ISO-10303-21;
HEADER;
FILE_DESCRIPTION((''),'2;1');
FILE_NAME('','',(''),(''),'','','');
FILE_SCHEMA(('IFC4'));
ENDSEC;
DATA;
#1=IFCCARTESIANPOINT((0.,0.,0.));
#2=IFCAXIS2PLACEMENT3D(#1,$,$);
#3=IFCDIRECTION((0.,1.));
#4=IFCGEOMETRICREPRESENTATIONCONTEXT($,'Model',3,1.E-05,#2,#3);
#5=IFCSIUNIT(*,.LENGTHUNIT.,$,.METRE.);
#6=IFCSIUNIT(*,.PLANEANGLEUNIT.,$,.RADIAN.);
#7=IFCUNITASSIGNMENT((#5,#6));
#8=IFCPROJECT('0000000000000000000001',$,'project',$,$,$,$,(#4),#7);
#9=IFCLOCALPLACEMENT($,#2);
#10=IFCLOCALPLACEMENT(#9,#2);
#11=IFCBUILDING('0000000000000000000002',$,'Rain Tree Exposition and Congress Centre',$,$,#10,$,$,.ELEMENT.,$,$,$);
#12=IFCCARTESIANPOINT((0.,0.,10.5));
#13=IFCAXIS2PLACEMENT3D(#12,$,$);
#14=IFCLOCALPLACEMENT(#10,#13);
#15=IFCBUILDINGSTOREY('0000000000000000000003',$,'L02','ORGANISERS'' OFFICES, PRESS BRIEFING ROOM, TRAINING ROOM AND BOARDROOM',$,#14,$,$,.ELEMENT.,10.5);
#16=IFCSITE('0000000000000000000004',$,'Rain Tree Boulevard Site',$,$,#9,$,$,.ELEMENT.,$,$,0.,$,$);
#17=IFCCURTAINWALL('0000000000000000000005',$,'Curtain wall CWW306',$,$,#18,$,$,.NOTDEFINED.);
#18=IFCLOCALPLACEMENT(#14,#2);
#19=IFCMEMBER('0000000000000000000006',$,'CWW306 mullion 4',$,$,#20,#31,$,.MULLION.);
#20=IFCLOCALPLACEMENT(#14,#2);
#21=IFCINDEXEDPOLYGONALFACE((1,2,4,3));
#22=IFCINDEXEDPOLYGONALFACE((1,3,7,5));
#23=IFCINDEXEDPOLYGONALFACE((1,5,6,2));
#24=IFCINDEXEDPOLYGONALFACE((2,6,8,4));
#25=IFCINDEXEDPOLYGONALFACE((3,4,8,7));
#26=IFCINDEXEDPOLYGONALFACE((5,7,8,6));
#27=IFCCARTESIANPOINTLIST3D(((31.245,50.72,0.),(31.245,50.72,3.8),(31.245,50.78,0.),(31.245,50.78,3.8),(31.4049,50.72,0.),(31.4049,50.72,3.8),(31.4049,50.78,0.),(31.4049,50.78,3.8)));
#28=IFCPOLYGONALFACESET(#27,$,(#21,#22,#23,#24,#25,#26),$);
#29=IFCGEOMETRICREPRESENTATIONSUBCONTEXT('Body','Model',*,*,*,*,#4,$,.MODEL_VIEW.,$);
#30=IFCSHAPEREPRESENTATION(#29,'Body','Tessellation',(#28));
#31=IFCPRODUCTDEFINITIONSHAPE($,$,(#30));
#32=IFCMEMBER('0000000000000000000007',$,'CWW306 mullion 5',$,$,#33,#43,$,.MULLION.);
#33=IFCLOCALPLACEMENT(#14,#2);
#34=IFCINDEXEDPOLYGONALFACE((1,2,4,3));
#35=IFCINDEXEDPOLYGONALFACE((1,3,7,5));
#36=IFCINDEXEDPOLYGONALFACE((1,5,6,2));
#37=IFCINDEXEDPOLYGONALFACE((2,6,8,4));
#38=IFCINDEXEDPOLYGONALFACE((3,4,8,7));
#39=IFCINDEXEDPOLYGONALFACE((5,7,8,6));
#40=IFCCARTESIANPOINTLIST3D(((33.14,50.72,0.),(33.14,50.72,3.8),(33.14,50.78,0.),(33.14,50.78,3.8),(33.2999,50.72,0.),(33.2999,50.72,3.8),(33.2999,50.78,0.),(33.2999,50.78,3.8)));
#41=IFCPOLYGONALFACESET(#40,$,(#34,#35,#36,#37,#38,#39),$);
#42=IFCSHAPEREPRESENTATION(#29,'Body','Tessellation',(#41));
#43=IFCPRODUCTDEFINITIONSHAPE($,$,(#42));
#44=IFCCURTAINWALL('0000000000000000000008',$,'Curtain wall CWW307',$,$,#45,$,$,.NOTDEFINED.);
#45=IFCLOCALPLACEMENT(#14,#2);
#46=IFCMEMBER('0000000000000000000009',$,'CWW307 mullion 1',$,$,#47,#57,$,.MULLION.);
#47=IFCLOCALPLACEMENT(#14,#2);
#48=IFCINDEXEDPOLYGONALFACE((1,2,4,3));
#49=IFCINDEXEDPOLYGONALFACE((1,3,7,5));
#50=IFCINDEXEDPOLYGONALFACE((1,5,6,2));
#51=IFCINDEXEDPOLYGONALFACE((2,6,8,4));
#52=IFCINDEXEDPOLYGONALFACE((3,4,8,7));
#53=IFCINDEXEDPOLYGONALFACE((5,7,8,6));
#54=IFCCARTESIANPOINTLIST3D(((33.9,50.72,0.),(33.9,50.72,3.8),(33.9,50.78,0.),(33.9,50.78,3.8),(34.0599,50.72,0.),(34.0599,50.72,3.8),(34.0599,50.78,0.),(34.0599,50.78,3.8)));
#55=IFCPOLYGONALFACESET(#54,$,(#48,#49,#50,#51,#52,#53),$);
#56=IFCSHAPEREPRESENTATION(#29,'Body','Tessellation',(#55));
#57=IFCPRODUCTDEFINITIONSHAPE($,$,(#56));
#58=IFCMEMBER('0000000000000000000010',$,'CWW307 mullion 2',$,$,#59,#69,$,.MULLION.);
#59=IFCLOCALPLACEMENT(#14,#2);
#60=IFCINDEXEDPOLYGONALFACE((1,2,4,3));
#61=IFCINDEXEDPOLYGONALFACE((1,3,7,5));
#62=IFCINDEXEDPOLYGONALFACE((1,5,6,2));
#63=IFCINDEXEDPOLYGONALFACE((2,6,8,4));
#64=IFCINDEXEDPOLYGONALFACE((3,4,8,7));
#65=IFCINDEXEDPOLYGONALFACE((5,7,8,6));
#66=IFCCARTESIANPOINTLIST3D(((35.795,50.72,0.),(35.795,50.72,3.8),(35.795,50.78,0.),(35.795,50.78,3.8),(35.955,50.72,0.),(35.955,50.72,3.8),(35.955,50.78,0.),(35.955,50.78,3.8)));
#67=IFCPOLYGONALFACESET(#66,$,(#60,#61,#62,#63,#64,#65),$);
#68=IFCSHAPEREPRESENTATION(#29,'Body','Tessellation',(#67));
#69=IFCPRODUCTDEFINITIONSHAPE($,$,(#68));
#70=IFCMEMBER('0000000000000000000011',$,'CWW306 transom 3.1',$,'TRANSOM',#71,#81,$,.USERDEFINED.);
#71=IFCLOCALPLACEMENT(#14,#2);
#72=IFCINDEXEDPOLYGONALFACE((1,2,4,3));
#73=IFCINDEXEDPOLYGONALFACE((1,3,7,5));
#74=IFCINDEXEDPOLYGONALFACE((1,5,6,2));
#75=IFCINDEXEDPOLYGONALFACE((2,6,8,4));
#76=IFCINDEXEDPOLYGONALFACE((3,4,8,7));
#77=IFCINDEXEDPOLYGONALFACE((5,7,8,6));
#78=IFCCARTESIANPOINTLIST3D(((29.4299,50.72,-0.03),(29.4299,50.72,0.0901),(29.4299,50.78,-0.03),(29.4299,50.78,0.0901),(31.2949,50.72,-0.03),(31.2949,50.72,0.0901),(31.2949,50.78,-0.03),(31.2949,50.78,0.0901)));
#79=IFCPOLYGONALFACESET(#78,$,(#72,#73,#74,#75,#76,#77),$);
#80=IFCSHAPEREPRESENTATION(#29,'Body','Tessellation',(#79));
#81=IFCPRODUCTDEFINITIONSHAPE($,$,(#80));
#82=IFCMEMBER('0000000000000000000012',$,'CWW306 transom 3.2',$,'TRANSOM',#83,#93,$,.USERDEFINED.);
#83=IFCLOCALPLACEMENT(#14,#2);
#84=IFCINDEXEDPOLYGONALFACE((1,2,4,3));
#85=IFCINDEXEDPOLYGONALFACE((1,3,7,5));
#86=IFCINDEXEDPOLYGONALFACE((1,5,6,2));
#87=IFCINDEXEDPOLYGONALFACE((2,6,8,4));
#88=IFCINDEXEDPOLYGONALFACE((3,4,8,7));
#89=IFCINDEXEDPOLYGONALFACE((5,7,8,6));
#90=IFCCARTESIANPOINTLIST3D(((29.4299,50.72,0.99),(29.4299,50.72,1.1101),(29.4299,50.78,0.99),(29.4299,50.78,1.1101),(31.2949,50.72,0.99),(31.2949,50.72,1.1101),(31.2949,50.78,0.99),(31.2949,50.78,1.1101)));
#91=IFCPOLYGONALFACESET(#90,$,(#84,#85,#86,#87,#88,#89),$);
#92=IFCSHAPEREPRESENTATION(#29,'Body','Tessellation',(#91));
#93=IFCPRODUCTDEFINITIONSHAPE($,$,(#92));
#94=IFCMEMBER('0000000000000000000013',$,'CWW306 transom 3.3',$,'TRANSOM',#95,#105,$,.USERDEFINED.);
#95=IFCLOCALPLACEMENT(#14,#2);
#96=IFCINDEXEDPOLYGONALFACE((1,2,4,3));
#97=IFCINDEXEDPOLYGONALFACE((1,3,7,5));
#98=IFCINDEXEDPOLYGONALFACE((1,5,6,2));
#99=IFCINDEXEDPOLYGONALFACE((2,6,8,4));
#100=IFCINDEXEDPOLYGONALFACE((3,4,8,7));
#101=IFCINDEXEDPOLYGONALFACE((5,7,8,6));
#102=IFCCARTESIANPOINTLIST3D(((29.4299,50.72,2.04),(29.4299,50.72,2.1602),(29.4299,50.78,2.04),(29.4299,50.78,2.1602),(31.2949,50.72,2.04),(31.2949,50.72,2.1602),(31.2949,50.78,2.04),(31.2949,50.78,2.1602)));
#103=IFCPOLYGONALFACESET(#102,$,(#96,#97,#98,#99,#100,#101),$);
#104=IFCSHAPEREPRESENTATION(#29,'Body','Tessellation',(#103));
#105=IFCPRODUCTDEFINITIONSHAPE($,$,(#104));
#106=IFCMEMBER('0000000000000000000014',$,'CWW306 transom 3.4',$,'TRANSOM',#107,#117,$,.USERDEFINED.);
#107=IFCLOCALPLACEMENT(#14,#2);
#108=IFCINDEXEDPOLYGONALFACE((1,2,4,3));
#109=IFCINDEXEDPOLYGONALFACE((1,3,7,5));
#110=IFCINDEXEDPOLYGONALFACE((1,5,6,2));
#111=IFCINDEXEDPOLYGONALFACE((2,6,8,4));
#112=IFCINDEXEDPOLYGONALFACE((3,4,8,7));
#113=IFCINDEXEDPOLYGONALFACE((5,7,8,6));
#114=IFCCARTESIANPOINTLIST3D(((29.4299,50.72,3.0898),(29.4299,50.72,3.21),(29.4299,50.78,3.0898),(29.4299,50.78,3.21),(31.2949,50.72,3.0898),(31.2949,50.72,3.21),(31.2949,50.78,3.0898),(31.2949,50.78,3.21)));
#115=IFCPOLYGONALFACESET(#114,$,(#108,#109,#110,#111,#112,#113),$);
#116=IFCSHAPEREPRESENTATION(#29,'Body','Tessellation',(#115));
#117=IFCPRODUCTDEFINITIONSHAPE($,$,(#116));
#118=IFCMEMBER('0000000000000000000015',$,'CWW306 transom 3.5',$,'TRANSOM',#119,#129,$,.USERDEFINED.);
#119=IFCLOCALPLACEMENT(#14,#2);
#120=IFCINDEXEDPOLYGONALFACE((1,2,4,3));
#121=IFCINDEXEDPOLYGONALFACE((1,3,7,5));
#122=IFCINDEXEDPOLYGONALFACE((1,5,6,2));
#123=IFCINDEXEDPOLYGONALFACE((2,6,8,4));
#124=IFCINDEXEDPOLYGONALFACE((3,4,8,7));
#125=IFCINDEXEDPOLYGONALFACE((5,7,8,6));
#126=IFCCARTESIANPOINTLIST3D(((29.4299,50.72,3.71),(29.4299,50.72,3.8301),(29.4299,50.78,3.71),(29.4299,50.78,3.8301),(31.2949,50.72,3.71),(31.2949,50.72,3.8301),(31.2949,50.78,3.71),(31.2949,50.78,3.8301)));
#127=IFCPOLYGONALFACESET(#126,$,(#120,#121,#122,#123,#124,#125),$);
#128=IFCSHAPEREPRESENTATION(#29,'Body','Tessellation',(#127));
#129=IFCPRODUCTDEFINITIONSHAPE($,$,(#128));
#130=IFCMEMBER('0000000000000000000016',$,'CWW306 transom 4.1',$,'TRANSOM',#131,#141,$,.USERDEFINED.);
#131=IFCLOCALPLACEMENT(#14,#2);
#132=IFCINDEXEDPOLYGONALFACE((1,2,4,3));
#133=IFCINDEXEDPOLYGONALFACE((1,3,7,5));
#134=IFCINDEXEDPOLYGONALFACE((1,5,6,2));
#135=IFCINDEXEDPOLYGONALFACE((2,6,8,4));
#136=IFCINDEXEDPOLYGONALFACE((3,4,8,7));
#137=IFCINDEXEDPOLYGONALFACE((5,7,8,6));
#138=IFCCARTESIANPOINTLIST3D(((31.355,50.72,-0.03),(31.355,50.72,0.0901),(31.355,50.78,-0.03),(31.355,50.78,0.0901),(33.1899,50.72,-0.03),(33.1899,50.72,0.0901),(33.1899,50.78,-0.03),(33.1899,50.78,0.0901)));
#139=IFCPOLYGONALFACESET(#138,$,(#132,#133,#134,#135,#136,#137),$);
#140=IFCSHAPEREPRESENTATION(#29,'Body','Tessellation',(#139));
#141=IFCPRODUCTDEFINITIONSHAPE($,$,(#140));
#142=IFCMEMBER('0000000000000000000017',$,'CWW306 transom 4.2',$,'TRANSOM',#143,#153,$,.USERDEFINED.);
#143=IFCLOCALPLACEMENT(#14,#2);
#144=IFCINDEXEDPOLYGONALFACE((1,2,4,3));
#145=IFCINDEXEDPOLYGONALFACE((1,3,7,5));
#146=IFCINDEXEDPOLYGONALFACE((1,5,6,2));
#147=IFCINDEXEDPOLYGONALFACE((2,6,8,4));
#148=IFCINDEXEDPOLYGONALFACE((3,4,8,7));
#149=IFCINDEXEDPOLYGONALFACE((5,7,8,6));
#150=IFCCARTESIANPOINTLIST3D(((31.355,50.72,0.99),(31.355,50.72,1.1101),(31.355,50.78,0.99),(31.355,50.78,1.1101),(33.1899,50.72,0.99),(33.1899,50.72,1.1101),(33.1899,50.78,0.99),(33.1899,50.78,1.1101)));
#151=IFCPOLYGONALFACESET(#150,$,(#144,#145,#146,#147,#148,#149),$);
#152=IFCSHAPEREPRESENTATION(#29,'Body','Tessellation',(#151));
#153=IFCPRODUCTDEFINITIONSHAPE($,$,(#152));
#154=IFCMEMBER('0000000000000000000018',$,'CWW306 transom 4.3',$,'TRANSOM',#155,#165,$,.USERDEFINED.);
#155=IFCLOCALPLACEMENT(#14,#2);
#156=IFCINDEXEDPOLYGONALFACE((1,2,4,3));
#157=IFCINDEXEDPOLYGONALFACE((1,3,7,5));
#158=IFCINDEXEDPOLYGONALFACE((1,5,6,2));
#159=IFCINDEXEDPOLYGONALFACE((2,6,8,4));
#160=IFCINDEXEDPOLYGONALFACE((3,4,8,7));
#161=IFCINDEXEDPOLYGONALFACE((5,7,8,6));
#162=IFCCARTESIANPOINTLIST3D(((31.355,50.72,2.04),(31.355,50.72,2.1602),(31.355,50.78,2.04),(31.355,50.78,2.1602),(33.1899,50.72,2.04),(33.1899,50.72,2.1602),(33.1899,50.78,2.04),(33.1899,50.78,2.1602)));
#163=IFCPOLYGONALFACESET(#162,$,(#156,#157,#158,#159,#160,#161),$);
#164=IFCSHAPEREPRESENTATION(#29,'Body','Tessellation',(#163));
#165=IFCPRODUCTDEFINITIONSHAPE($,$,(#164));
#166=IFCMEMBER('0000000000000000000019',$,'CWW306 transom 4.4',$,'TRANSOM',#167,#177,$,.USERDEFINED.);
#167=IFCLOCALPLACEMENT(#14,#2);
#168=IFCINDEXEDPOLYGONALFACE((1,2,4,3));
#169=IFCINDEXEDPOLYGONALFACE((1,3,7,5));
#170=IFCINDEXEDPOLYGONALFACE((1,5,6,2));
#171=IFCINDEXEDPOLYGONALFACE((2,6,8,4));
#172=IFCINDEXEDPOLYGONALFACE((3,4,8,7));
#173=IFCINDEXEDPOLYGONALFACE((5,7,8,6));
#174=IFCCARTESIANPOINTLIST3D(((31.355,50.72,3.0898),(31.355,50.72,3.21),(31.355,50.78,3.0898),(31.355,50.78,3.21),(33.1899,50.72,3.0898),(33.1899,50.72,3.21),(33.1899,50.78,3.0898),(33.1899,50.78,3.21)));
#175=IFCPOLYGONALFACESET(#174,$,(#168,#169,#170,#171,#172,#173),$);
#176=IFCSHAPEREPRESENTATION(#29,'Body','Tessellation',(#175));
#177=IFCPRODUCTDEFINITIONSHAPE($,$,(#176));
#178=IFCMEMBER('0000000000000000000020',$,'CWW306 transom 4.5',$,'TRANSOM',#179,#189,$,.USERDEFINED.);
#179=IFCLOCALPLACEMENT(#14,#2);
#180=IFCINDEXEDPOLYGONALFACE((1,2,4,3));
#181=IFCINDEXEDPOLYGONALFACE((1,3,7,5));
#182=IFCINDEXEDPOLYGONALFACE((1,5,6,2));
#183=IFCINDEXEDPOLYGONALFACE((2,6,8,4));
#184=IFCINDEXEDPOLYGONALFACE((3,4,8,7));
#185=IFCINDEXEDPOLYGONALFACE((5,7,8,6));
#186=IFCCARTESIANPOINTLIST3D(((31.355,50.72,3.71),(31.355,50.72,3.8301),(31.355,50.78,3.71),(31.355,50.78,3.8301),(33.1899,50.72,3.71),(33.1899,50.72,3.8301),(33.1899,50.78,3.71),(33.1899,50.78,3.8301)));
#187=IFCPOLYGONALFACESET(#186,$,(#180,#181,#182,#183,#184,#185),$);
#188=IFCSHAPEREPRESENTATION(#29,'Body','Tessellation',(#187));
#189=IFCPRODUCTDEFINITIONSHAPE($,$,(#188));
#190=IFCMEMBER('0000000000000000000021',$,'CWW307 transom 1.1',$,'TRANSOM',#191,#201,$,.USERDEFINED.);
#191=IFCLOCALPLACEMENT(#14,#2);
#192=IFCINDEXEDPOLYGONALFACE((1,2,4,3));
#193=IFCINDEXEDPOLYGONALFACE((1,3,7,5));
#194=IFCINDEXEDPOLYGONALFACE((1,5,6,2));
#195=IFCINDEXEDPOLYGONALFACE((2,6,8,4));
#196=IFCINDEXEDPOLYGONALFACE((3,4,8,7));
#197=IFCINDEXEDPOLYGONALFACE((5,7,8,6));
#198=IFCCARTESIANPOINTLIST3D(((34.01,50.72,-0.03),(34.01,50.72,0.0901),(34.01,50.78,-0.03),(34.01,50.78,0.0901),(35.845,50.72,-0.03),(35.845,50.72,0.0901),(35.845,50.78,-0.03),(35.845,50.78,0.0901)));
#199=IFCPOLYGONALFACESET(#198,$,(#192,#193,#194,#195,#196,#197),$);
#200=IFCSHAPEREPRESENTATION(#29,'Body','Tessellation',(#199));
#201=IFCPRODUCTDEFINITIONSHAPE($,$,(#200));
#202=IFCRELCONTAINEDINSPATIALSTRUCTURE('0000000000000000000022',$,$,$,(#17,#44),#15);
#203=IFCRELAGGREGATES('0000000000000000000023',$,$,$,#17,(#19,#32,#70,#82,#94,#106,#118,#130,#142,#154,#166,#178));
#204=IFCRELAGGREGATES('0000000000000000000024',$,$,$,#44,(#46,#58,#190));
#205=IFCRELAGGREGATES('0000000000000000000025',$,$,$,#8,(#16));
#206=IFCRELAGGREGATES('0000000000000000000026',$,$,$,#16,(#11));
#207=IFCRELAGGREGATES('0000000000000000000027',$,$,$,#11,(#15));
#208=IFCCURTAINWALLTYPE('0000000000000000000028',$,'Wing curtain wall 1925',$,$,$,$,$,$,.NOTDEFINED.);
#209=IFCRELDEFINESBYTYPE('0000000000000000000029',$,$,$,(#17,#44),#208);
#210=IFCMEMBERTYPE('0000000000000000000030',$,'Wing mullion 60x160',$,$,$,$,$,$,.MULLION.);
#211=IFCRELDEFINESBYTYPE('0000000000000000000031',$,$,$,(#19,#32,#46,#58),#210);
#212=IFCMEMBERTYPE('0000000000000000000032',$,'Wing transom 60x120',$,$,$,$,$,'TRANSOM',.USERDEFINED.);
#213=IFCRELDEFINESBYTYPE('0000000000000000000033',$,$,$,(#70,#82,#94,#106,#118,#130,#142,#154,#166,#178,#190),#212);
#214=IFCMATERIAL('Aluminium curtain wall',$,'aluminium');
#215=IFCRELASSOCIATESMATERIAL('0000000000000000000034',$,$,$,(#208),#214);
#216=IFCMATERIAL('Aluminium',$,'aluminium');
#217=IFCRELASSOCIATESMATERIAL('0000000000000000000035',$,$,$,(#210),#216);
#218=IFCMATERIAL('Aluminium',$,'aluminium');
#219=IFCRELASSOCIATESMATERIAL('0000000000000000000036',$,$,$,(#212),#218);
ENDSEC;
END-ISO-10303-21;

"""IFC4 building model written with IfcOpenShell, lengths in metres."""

from ifc_helpers import new_model, si_unit, direction, frame, origin, origin_2d, place, context, subcontext, project, spatial, rectangle, extrude, material, material_profile, profile_set, type_object, element, aggregate, save


model = new_model("IFC4")

# Units and contexts
model_context = context("Model", 3, precision=1e-05, world=origin(), true_north=direction((0.0, 1.0)))
body_context = subcontext(model_context, "Body", "Model", "MODEL_VIEW")
ifc_project = project(units=[si_unit("LENGTHUNIT", "METRE"), si_unit("PLANEANGLEUNIT", "RADIAN")], contexts=[model_context])

# Site, building, storey
site_placement = place(None, origin())
site = spatial("IfcSite", under=ifc_project, at=site_placement, Name="Rain Tree Boulevard Site", CompositionType="ELEMENT", RefElevation=0.0)
building_placement = place(site_placement, origin())
building = spatial("IfcBuilding", under=site, at=building_placement, Name="Rain Tree Exposition and Congress Centre", CompositionType="ELEMENT")
storey_placement = place(building_placement, frame((0.0, 0.0, 10.5)))
storey = spatial("IfcBuildingStorey", under=building, at=storey_placement, Name="L02", Description="ORGANISERS' OFFICES, PRESS BRIEFING ROOM, TRAINING ROOM AND BOARDROOM", CompositionType="ELEMENT", Elevation=10.5)

# Curtain walls, members
ifc_material_1 = material(Name="Aluminium curtain wall", Category="aluminium")
curtain_wall_type = type_object("IfcCurtainWallType", Name="Wing curtain wall 1925", PredefinedType="NOTDEFINED", material=ifc_material_1)
curtain_wall_1_placement = place(storey_placement, origin())
curtain_wall_1 = element("IfcCurtainWall", 1, at=curtain_wall_1_placement, inside=storey, type_object=curtain_wall_type, Name="Curtain wall CWW306", PredefinedType="NOTDEFINED")
ifc_material_2 = material(Name="Aluminium", Category="aluminium")
ifc_material_profile_1 = material_profile(ifc_material_2, rectangle(XDim=0.0601, YDim=0.1599, at=origin_2d()), Name="Aluminium 60x160")
ifc_profile_set_1 = profile_set([ifc_material_profile_1], Name="Aluminium")
member_type_1 = type_object("IfcMemberType", Name="Wing mullion 60x160", PredefinedType="MULLION", material=ifc_profile_set_1)
member_1_placement = place(storey_placement, frame((31.325, 50.75, 0.0), z_axis=(0.0, 0.0, 1.0), x_axis=(0.0, 1.0, 0.0)))
member_1 = element("IfcMember", 2, at=member_1_placement, type_object=member_type_1, Name="CWW306 mullion 4", PredefinedType="MULLION", context=body_context, shape_type="SweptSolid", body=[
    extrude(rectangle(XDim=0.0601, YDim=0.1599, at=origin_2d()), origin(), (0.0, 0.0, 1.0), 3.8),
])
member_2_placement = place(storey_placement, frame((33.22, 50.75, 0.0), z_axis=(0.0, 0.0, 1.0), x_axis=(0.0, 1.0, 0.0)))
member_2 = element("IfcMember", 3, at=member_2_placement, type_object=member_type_1, Name="CWW306 mullion 5", PredefinedType="MULLION", context=body_context, shape_type="SweptSolid", body=[
    extrude(rectangle(XDim=0.0601, YDim=0.1599, at=origin_2d()), origin(), (0.0, 0.0, 1.0), 3.8),
])
curtain_wall_2_placement = place(storey_placement, origin())
curtain_wall_2 = element("IfcCurtainWall", 4, at=curtain_wall_2_placement, inside=storey, type_object=curtain_wall_type, Name="Curtain wall CWW307", PredefinedType="NOTDEFINED")
member_3_placement = place(storey_placement, frame((33.98, 50.75, 0.0), z_axis=(0.0, 0.0, 1.0), x_axis=(0.0, 1.0, 0.0)))
member_3 = element("IfcMember", 5, at=member_3_placement, type_object=member_type_1, Name="CWW307 mullion 1", PredefinedType="MULLION", context=body_context, shape_type="SweptSolid", body=[
    extrude(rectangle(XDim=0.0601, YDim=0.1599, at=origin_2d()), origin(), (0.0, 0.0, 1.0), 3.8),
])
member_4_placement = place(storey_placement, frame((35.875, 50.75, 0.0), z_axis=(0.0, 0.0, 1.0), x_axis=(0.0, 1.0, 0.0)))
member_4 = element("IfcMember", 6, at=member_4_placement, type_object=member_type_1, Name="CWW307 mullion 2", PredefinedType="MULLION", context=body_context, shape_type="SweptSolid", body=[
    extrude(rectangle(XDim=0.0601, YDim=0.1599, at=origin_2d()), origin(), (0.0, 0.0, 1.0), 3.8),
])

# Members
ifc_material_3 = material(Name="Aluminium", Category="aluminium")
ifc_material_profile_2 = material_profile(ifc_material_3, rectangle(XDim=0.0601, YDim=0.1201, at=origin_2d()), Name="Aluminium 60x120")
ifc_profile_set_2 = profile_set([ifc_material_profile_2], Name="Aluminium")
member_type_2 = type_object("IfcMemberType", Name="Wing transom 60x120", ElementType="TRANSOM", PredefinedType="USERDEFINED", material=ifc_profile_set_2)
member_5_placement = place(storey_placement, frame((29.4299, 50.75, 0.03), z_axis=(1.0, 0.0, 0.0), x_axis=(0.0, 1.0, 0.0)))
member_5 = element("IfcMember", 7, at=member_5_placement, type_object=member_type_2, Name="CWW306 transom 3.1", ObjectType="TRANSOM", PredefinedType="USERDEFINED", context=body_context, shape_type="SweptSolid", body=[
    extrude(rectangle(XDim=0.0601, YDim=0.1201, at=origin_2d()), origin(), (0.0, 0.0, 1.0), 1.865),
])
member_6_placement = place(storey_placement, frame((29.4299, 50.75, 1.05), z_axis=(1.0, 0.0, 0.0), x_axis=(0.0, 1.0, 0.0)))
member_6 = element("IfcMember", 8, at=member_6_placement, type_object=member_type_2, Name="CWW306 transom 3.2", ObjectType="TRANSOM", PredefinedType="USERDEFINED", context=body_context, shape_type="SweptSolid", body=[
    extrude(rectangle(XDim=0.0601, YDim=0.1201, at=origin_2d()), origin(), (0.0, 0.0, 1.0), 1.865),
])
member_7_placement = place(storey_placement, frame((29.4299, 50.75, 2.1001), z_axis=(1.0, 0.0, 0.0), x_axis=(0.0, 1.0, 0.0)))
member_7 = element("IfcMember", 9, at=member_7_placement, type_object=member_type_2, Name="CWW306 transom 3.3", ObjectType="TRANSOM", PredefinedType="USERDEFINED", context=body_context, shape_type="SweptSolid", body=[
    extrude(rectangle(XDim=0.0601, YDim=0.1201, at=origin_2d()), origin(), (0.0, 0.0, 1.0), 1.865),
])
member_8_placement = place(storey_placement, frame((29.4299, 50.75, 3.1499), z_axis=(1.0, 0.0, 0.0), x_axis=(0.0, 1.0, 0.0)))
member_8 = element("IfcMember", 10, at=member_8_placement, type_object=member_type_2, Name="CWW306 transom 3.4", ObjectType="TRANSOM", PredefinedType="USERDEFINED", context=body_context, shape_type="SweptSolid", body=[
    extrude(rectangle(XDim=0.0601, YDim=0.1201, at=origin_2d()), origin(), (0.0, 0.0, 1.0), 1.865),
])
member_9_placement = place(storey_placement, frame((29.4299, 50.75, 3.77), z_axis=(1.0, 0.0, 0.0), x_axis=(0.0, 1.0, 0.0)))
member_9 = element("IfcMember", 11, at=member_9_placement, type_object=member_type_2, Name="CWW306 transom 3.5", ObjectType="TRANSOM", PredefinedType="USERDEFINED", context=body_context, shape_type="SweptSolid", body=[
    extrude(rectangle(XDim=0.0601, YDim=0.1201, at=origin_2d()), origin(), (0.0, 0.0, 1.0), 1.865),
])
member_10_placement = place(storey_placement, frame((31.355, 50.75, 0.03), z_axis=(1.0, 0.0, 0.0), x_axis=(0.0, 1.0, 0.0)))
member_10 = element("IfcMember", 12, at=member_10_placement, type_object=member_type_2, Name="CWW306 transom 4.1", ObjectType="TRANSOM", PredefinedType="USERDEFINED", context=body_context, shape_type="SweptSolid", body=[
    extrude(rectangle(XDim=0.0601, YDim=0.1201, at=origin_2d()), origin(), (0.0, 0.0, 1.0), 1.835),
])
member_11_placement = place(storey_placement, frame((31.355, 50.75, 1.05), z_axis=(1.0, 0.0, 0.0), x_axis=(0.0, 1.0, 0.0)))
member_11 = element("IfcMember", 13, at=member_11_placement, type_object=member_type_2, Name="CWW306 transom 4.2", ObjectType="TRANSOM", PredefinedType="USERDEFINED", context=body_context, shape_type="SweptSolid", body=[
    extrude(rectangle(XDim=0.0601, YDim=0.1201, at=origin_2d()), origin(), (0.0, 0.0, 1.0), 1.835),
])
member_12_placement = place(storey_placement, frame((31.355, 50.75, 2.1001), z_axis=(1.0, 0.0, 0.0), x_axis=(0.0, 1.0, 0.0)))
member_12 = element("IfcMember", 14, at=member_12_placement, type_object=member_type_2, Name="CWW306 transom 4.3", ObjectType="TRANSOM", PredefinedType="USERDEFINED", context=body_context, shape_type="SweptSolid", body=[
    extrude(rectangle(XDim=0.0601, YDim=0.1201, at=origin_2d()), origin(), (0.0, 0.0, 1.0), 1.835),
])
member_13_placement = place(storey_placement, frame((31.355, 50.75, 3.1499), z_axis=(1.0, 0.0, 0.0), x_axis=(0.0, 1.0, 0.0)))
member_13 = element("IfcMember", 15, at=member_13_placement, type_object=member_type_2, Name="CWW306 transom 4.4", ObjectType="TRANSOM", PredefinedType="USERDEFINED", context=body_context, shape_type="SweptSolid", body=[
    extrude(rectangle(XDim=0.0601, YDim=0.1201, at=origin_2d()), origin(), (0.0, 0.0, 1.0), 1.835),
])
member_14_placement = place(storey_placement, frame((31.355, 50.75, 3.77), z_axis=(1.0, 0.0, 0.0), x_axis=(0.0, 1.0, 0.0)))
member_14 = element("IfcMember", 16, at=member_14_placement, type_object=member_type_2, Name="CWW306 transom 4.5", ObjectType="TRANSOM", PredefinedType="USERDEFINED", context=body_context, shape_type="SweptSolid", body=[
    extrude(rectangle(XDim=0.0601, YDim=0.1201, at=origin_2d()), origin(), (0.0, 0.0, 1.0), 1.835),
])
member_15_placement = place(storey_placement, frame((34.01, 50.75, 0.03), z_axis=(1.0, 0.0, 0.0), x_axis=(0.0, 1.0, 0.0)))
member_15 = element("IfcMember", 17, at=member_15_placement, type_object=member_type_2, Name="CWW307 transom 1.1", ObjectType="TRANSOM", PredefinedType="USERDEFINED", context=body_context, shape_type="SweptSolid", body=[
    extrude(rectangle(XDim=0.0601, YDim=0.1201, at=origin_2d()), origin(), (0.0, 0.0, 1.0), 1.835),
])

aggregate(curtain_wall_1, [member_1, member_2, member_5, member_6, member_7, member_8, member_9, member_10, member_11, member_12, member_13, member_14])
aggregate(curtain_wall_2, [member_3, member_4, member_15])

save(model, "model.ifc")
